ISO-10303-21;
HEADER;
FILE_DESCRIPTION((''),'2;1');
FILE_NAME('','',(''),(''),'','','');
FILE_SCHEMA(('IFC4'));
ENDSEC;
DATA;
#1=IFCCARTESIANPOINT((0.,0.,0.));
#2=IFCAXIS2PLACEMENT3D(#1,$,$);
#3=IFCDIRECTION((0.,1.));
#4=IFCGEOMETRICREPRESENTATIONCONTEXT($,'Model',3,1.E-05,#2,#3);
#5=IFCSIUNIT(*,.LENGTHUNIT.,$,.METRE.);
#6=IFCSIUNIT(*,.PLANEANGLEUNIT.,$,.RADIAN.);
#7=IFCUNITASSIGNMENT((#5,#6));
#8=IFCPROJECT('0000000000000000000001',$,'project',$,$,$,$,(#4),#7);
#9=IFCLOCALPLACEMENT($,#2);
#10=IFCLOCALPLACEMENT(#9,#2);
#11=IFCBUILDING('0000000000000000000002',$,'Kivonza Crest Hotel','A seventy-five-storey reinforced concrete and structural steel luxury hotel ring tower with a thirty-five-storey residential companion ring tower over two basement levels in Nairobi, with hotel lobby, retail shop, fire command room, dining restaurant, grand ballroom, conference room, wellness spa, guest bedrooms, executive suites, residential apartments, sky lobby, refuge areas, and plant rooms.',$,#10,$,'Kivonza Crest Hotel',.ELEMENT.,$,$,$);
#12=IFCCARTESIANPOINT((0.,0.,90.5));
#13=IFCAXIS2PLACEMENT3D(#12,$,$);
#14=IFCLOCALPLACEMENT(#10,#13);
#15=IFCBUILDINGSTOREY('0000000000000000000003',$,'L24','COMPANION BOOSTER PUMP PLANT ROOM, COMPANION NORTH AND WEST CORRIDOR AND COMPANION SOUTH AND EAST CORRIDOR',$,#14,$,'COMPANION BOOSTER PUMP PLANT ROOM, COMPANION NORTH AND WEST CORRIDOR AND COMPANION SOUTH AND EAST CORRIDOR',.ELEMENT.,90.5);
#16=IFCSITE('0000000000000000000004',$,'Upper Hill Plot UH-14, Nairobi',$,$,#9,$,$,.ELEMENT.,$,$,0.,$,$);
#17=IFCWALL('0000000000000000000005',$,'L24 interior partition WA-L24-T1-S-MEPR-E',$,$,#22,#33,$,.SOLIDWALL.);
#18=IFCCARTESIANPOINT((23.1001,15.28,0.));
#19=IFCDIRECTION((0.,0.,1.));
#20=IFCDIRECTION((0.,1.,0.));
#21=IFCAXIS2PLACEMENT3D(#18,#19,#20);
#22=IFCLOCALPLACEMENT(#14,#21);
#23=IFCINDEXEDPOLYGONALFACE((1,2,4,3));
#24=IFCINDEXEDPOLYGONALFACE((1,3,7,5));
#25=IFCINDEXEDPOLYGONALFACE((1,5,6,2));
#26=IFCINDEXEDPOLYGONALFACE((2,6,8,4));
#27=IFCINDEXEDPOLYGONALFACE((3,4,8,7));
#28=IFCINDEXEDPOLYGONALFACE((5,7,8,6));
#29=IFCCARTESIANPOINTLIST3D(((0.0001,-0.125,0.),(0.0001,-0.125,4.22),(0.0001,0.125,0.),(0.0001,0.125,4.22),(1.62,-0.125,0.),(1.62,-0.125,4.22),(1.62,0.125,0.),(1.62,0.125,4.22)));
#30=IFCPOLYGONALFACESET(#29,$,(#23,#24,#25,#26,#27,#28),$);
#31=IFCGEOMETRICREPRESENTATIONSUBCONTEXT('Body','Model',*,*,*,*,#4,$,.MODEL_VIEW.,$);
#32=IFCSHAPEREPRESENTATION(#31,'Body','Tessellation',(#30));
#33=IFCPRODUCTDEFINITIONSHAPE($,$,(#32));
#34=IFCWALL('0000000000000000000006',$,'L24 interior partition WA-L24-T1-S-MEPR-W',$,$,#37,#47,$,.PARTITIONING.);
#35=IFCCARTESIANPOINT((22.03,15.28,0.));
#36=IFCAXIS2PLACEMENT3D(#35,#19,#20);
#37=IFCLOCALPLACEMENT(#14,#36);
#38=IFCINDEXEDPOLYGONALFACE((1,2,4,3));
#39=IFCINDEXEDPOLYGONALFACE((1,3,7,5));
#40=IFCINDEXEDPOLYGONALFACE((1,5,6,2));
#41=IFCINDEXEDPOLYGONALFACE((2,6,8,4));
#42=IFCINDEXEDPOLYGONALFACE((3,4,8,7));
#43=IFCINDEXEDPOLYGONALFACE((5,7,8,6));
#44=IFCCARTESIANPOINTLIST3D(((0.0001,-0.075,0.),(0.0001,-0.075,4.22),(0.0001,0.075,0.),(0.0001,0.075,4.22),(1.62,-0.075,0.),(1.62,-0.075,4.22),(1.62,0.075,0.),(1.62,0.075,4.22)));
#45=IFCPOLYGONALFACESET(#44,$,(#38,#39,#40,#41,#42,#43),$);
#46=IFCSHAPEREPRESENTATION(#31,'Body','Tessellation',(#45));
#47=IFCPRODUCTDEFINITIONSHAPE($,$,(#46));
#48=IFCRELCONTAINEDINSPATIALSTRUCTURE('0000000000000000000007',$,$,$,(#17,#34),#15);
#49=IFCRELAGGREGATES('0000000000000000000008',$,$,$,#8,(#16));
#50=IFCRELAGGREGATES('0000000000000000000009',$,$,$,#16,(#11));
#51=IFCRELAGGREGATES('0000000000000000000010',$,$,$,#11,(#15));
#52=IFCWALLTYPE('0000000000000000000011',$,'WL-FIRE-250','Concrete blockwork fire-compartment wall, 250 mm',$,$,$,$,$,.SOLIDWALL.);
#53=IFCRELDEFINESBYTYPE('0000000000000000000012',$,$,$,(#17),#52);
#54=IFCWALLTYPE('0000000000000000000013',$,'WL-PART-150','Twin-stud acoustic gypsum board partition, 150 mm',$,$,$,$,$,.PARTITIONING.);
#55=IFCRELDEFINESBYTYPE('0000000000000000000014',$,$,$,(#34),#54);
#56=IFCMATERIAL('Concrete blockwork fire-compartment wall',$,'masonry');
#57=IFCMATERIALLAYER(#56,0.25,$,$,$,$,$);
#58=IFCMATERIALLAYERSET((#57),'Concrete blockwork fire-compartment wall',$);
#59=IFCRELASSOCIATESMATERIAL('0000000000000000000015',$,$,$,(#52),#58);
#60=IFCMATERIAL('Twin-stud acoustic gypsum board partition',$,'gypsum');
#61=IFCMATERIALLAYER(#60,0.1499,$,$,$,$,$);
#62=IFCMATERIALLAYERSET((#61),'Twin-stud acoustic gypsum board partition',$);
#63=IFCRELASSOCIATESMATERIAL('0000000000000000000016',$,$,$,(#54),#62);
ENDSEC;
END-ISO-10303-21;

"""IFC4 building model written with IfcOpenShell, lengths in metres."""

from ifc_helpers import new_model, si_unit, direction, frame, frame_2d, origin, place, context, subcontext, project, spatial, rectangle, extrude, material, layer, layer_set, type_object, element, save


model = new_model("IFC4")

# Units and contexts
model_context = context("Model", 3, precision=1e-05, world=origin(), true_north=direction((0.0, 1.0)))
body_context = subcontext(model_context, "Body", "Model", "MODEL_VIEW")
ifc_project = project(units=[si_unit("LENGTHUNIT", "METRE"), si_unit("PLANEANGLEUNIT", "RADIAN")], contexts=[model_context])

# Site, building, storey
site_placement = place(None, origin())
site = spatial("IfcSite", under=ifc_project, at=site_placement, Name="Upper Hill Plot UH-14, Nairobi", CompositionType="ELEMENT", RefElevation=0.0)
building_placement = place(site_placement, origin())
building = spatial("IfcBuilding", under=site, at=building_placement, Name="Kivonza Crest Hotel", Description="A seventy-five-storey reinforced concrete and structural steel luxury hotel ring tower with a thirty-five-storey residential companion ring tower over two basement levels in Nairobi, with hotel lobby, retail shop, fire command room, dining restaurant, grand ballroom, conference room, wellness spa, guest bedrooms, executive suites, residential apartments, sky lobby, refuge areas, and plant rooms.", LongName="Kivonza Crest Hotel", CompositionType="ELEMENT")
storey_placement = place(building_placement, frame((0.0, 0.0, 90.5)))
storey = spatial("IfcBuildingStorey", under=building, at=storey_placement, Name="L24", Description="COMPANION BOOSTER PUMP PLANT ROOM, COMPANION NORTH AND WEST CORRIDOR AND COMPANION SOUTH AND EAST CORRIDOR", LongName="COMPANION BOOSTER PUMP PLANT ROOM, COMPANION NORTH AND WEST CORRIDOR AND COMPANION SOUTH AND EAST CORRIDOR", CompositionType="ELEMENT", Elevation=90.5)

# Walls
ifc_material_1 = material(Name="Concrete blockwork fire-compartment wall", Category="masonry")
ifc_layer_1 = layer(ifc_material_1, 0.25)
ifc_layer_set_1 = layer_set([ifc_layer_1], Name="Concrete blockwork fire-compartment wall")
wall_type_1 = type_object("IfcWallType", Name="WL-FIRE-250", Description="Concrete blockwork fire-compartment wall, 250 mm", PredefinedType="SOLIDWALL", material=ifc_layer_set_1)
wall_1_placement = place(storey_placement, frame((23.1001, 15.28, 0.0), z_axis=(0.0, 0.0, 1.0), x_axis=(0.0, 1.0, 0.0)))
element("IfcWall", 1, at=wall_1_placement, inside=storey, type_object=wall_type_1, Name="L24 interior partition WA-L24-T1-S-MEPR-E", PredefinedType="SOLIDWALL", context=body_context, shape_type="SweptSolid", body=[
    extrude(rectangle(XDim=1.6199, YDim=0.25, at=frame_2d((0.8101, 0.0))), origin(), (0.0, 0.0, 1.0), 4.22),
])
ifc_material_2 = material(Name="Twin-stud acoustic gypsum board partition", Category="gypsum")
ifc_layer_2 = layer(ifc_material_2, 0.1499)
ifc_layer_set_2 = layer_set([ifc_layer_2], Name="Twin-stud acoustic gypsum board partition")
wall_type_2 = type_object("IfcWallType", Name="WL-PART-150", Description="Twin-stud acoustic gypsum board partition, 150 mm", PredefinedType="PARTITIONING", material=ifc_layer_set_2)
wall_2_placement = place(storey_placement, frame((22.03, 15.28, 0.0), z_axis=(0.0, 0.0, 1.0), x_axis=(0.0, 1.0, 0.0)))
element("IfcWall", 2, at=wall_2_placement, inside=storey, type_object=wall_type_2, Name="L24 interior partition WA-L24-T1-S-MEPR-W", PredefinedType="PARTITIONING", context=body_context, shape_type="SweptSolid", body=[
    extrude(rectangle(XDim=1.6199, YDim=0.1499, at=frame_2d((0.8101, 0.0))), origin(), (0.0, 0.0, 1.0), 4.22),
])

save(model, "model.ifc")
